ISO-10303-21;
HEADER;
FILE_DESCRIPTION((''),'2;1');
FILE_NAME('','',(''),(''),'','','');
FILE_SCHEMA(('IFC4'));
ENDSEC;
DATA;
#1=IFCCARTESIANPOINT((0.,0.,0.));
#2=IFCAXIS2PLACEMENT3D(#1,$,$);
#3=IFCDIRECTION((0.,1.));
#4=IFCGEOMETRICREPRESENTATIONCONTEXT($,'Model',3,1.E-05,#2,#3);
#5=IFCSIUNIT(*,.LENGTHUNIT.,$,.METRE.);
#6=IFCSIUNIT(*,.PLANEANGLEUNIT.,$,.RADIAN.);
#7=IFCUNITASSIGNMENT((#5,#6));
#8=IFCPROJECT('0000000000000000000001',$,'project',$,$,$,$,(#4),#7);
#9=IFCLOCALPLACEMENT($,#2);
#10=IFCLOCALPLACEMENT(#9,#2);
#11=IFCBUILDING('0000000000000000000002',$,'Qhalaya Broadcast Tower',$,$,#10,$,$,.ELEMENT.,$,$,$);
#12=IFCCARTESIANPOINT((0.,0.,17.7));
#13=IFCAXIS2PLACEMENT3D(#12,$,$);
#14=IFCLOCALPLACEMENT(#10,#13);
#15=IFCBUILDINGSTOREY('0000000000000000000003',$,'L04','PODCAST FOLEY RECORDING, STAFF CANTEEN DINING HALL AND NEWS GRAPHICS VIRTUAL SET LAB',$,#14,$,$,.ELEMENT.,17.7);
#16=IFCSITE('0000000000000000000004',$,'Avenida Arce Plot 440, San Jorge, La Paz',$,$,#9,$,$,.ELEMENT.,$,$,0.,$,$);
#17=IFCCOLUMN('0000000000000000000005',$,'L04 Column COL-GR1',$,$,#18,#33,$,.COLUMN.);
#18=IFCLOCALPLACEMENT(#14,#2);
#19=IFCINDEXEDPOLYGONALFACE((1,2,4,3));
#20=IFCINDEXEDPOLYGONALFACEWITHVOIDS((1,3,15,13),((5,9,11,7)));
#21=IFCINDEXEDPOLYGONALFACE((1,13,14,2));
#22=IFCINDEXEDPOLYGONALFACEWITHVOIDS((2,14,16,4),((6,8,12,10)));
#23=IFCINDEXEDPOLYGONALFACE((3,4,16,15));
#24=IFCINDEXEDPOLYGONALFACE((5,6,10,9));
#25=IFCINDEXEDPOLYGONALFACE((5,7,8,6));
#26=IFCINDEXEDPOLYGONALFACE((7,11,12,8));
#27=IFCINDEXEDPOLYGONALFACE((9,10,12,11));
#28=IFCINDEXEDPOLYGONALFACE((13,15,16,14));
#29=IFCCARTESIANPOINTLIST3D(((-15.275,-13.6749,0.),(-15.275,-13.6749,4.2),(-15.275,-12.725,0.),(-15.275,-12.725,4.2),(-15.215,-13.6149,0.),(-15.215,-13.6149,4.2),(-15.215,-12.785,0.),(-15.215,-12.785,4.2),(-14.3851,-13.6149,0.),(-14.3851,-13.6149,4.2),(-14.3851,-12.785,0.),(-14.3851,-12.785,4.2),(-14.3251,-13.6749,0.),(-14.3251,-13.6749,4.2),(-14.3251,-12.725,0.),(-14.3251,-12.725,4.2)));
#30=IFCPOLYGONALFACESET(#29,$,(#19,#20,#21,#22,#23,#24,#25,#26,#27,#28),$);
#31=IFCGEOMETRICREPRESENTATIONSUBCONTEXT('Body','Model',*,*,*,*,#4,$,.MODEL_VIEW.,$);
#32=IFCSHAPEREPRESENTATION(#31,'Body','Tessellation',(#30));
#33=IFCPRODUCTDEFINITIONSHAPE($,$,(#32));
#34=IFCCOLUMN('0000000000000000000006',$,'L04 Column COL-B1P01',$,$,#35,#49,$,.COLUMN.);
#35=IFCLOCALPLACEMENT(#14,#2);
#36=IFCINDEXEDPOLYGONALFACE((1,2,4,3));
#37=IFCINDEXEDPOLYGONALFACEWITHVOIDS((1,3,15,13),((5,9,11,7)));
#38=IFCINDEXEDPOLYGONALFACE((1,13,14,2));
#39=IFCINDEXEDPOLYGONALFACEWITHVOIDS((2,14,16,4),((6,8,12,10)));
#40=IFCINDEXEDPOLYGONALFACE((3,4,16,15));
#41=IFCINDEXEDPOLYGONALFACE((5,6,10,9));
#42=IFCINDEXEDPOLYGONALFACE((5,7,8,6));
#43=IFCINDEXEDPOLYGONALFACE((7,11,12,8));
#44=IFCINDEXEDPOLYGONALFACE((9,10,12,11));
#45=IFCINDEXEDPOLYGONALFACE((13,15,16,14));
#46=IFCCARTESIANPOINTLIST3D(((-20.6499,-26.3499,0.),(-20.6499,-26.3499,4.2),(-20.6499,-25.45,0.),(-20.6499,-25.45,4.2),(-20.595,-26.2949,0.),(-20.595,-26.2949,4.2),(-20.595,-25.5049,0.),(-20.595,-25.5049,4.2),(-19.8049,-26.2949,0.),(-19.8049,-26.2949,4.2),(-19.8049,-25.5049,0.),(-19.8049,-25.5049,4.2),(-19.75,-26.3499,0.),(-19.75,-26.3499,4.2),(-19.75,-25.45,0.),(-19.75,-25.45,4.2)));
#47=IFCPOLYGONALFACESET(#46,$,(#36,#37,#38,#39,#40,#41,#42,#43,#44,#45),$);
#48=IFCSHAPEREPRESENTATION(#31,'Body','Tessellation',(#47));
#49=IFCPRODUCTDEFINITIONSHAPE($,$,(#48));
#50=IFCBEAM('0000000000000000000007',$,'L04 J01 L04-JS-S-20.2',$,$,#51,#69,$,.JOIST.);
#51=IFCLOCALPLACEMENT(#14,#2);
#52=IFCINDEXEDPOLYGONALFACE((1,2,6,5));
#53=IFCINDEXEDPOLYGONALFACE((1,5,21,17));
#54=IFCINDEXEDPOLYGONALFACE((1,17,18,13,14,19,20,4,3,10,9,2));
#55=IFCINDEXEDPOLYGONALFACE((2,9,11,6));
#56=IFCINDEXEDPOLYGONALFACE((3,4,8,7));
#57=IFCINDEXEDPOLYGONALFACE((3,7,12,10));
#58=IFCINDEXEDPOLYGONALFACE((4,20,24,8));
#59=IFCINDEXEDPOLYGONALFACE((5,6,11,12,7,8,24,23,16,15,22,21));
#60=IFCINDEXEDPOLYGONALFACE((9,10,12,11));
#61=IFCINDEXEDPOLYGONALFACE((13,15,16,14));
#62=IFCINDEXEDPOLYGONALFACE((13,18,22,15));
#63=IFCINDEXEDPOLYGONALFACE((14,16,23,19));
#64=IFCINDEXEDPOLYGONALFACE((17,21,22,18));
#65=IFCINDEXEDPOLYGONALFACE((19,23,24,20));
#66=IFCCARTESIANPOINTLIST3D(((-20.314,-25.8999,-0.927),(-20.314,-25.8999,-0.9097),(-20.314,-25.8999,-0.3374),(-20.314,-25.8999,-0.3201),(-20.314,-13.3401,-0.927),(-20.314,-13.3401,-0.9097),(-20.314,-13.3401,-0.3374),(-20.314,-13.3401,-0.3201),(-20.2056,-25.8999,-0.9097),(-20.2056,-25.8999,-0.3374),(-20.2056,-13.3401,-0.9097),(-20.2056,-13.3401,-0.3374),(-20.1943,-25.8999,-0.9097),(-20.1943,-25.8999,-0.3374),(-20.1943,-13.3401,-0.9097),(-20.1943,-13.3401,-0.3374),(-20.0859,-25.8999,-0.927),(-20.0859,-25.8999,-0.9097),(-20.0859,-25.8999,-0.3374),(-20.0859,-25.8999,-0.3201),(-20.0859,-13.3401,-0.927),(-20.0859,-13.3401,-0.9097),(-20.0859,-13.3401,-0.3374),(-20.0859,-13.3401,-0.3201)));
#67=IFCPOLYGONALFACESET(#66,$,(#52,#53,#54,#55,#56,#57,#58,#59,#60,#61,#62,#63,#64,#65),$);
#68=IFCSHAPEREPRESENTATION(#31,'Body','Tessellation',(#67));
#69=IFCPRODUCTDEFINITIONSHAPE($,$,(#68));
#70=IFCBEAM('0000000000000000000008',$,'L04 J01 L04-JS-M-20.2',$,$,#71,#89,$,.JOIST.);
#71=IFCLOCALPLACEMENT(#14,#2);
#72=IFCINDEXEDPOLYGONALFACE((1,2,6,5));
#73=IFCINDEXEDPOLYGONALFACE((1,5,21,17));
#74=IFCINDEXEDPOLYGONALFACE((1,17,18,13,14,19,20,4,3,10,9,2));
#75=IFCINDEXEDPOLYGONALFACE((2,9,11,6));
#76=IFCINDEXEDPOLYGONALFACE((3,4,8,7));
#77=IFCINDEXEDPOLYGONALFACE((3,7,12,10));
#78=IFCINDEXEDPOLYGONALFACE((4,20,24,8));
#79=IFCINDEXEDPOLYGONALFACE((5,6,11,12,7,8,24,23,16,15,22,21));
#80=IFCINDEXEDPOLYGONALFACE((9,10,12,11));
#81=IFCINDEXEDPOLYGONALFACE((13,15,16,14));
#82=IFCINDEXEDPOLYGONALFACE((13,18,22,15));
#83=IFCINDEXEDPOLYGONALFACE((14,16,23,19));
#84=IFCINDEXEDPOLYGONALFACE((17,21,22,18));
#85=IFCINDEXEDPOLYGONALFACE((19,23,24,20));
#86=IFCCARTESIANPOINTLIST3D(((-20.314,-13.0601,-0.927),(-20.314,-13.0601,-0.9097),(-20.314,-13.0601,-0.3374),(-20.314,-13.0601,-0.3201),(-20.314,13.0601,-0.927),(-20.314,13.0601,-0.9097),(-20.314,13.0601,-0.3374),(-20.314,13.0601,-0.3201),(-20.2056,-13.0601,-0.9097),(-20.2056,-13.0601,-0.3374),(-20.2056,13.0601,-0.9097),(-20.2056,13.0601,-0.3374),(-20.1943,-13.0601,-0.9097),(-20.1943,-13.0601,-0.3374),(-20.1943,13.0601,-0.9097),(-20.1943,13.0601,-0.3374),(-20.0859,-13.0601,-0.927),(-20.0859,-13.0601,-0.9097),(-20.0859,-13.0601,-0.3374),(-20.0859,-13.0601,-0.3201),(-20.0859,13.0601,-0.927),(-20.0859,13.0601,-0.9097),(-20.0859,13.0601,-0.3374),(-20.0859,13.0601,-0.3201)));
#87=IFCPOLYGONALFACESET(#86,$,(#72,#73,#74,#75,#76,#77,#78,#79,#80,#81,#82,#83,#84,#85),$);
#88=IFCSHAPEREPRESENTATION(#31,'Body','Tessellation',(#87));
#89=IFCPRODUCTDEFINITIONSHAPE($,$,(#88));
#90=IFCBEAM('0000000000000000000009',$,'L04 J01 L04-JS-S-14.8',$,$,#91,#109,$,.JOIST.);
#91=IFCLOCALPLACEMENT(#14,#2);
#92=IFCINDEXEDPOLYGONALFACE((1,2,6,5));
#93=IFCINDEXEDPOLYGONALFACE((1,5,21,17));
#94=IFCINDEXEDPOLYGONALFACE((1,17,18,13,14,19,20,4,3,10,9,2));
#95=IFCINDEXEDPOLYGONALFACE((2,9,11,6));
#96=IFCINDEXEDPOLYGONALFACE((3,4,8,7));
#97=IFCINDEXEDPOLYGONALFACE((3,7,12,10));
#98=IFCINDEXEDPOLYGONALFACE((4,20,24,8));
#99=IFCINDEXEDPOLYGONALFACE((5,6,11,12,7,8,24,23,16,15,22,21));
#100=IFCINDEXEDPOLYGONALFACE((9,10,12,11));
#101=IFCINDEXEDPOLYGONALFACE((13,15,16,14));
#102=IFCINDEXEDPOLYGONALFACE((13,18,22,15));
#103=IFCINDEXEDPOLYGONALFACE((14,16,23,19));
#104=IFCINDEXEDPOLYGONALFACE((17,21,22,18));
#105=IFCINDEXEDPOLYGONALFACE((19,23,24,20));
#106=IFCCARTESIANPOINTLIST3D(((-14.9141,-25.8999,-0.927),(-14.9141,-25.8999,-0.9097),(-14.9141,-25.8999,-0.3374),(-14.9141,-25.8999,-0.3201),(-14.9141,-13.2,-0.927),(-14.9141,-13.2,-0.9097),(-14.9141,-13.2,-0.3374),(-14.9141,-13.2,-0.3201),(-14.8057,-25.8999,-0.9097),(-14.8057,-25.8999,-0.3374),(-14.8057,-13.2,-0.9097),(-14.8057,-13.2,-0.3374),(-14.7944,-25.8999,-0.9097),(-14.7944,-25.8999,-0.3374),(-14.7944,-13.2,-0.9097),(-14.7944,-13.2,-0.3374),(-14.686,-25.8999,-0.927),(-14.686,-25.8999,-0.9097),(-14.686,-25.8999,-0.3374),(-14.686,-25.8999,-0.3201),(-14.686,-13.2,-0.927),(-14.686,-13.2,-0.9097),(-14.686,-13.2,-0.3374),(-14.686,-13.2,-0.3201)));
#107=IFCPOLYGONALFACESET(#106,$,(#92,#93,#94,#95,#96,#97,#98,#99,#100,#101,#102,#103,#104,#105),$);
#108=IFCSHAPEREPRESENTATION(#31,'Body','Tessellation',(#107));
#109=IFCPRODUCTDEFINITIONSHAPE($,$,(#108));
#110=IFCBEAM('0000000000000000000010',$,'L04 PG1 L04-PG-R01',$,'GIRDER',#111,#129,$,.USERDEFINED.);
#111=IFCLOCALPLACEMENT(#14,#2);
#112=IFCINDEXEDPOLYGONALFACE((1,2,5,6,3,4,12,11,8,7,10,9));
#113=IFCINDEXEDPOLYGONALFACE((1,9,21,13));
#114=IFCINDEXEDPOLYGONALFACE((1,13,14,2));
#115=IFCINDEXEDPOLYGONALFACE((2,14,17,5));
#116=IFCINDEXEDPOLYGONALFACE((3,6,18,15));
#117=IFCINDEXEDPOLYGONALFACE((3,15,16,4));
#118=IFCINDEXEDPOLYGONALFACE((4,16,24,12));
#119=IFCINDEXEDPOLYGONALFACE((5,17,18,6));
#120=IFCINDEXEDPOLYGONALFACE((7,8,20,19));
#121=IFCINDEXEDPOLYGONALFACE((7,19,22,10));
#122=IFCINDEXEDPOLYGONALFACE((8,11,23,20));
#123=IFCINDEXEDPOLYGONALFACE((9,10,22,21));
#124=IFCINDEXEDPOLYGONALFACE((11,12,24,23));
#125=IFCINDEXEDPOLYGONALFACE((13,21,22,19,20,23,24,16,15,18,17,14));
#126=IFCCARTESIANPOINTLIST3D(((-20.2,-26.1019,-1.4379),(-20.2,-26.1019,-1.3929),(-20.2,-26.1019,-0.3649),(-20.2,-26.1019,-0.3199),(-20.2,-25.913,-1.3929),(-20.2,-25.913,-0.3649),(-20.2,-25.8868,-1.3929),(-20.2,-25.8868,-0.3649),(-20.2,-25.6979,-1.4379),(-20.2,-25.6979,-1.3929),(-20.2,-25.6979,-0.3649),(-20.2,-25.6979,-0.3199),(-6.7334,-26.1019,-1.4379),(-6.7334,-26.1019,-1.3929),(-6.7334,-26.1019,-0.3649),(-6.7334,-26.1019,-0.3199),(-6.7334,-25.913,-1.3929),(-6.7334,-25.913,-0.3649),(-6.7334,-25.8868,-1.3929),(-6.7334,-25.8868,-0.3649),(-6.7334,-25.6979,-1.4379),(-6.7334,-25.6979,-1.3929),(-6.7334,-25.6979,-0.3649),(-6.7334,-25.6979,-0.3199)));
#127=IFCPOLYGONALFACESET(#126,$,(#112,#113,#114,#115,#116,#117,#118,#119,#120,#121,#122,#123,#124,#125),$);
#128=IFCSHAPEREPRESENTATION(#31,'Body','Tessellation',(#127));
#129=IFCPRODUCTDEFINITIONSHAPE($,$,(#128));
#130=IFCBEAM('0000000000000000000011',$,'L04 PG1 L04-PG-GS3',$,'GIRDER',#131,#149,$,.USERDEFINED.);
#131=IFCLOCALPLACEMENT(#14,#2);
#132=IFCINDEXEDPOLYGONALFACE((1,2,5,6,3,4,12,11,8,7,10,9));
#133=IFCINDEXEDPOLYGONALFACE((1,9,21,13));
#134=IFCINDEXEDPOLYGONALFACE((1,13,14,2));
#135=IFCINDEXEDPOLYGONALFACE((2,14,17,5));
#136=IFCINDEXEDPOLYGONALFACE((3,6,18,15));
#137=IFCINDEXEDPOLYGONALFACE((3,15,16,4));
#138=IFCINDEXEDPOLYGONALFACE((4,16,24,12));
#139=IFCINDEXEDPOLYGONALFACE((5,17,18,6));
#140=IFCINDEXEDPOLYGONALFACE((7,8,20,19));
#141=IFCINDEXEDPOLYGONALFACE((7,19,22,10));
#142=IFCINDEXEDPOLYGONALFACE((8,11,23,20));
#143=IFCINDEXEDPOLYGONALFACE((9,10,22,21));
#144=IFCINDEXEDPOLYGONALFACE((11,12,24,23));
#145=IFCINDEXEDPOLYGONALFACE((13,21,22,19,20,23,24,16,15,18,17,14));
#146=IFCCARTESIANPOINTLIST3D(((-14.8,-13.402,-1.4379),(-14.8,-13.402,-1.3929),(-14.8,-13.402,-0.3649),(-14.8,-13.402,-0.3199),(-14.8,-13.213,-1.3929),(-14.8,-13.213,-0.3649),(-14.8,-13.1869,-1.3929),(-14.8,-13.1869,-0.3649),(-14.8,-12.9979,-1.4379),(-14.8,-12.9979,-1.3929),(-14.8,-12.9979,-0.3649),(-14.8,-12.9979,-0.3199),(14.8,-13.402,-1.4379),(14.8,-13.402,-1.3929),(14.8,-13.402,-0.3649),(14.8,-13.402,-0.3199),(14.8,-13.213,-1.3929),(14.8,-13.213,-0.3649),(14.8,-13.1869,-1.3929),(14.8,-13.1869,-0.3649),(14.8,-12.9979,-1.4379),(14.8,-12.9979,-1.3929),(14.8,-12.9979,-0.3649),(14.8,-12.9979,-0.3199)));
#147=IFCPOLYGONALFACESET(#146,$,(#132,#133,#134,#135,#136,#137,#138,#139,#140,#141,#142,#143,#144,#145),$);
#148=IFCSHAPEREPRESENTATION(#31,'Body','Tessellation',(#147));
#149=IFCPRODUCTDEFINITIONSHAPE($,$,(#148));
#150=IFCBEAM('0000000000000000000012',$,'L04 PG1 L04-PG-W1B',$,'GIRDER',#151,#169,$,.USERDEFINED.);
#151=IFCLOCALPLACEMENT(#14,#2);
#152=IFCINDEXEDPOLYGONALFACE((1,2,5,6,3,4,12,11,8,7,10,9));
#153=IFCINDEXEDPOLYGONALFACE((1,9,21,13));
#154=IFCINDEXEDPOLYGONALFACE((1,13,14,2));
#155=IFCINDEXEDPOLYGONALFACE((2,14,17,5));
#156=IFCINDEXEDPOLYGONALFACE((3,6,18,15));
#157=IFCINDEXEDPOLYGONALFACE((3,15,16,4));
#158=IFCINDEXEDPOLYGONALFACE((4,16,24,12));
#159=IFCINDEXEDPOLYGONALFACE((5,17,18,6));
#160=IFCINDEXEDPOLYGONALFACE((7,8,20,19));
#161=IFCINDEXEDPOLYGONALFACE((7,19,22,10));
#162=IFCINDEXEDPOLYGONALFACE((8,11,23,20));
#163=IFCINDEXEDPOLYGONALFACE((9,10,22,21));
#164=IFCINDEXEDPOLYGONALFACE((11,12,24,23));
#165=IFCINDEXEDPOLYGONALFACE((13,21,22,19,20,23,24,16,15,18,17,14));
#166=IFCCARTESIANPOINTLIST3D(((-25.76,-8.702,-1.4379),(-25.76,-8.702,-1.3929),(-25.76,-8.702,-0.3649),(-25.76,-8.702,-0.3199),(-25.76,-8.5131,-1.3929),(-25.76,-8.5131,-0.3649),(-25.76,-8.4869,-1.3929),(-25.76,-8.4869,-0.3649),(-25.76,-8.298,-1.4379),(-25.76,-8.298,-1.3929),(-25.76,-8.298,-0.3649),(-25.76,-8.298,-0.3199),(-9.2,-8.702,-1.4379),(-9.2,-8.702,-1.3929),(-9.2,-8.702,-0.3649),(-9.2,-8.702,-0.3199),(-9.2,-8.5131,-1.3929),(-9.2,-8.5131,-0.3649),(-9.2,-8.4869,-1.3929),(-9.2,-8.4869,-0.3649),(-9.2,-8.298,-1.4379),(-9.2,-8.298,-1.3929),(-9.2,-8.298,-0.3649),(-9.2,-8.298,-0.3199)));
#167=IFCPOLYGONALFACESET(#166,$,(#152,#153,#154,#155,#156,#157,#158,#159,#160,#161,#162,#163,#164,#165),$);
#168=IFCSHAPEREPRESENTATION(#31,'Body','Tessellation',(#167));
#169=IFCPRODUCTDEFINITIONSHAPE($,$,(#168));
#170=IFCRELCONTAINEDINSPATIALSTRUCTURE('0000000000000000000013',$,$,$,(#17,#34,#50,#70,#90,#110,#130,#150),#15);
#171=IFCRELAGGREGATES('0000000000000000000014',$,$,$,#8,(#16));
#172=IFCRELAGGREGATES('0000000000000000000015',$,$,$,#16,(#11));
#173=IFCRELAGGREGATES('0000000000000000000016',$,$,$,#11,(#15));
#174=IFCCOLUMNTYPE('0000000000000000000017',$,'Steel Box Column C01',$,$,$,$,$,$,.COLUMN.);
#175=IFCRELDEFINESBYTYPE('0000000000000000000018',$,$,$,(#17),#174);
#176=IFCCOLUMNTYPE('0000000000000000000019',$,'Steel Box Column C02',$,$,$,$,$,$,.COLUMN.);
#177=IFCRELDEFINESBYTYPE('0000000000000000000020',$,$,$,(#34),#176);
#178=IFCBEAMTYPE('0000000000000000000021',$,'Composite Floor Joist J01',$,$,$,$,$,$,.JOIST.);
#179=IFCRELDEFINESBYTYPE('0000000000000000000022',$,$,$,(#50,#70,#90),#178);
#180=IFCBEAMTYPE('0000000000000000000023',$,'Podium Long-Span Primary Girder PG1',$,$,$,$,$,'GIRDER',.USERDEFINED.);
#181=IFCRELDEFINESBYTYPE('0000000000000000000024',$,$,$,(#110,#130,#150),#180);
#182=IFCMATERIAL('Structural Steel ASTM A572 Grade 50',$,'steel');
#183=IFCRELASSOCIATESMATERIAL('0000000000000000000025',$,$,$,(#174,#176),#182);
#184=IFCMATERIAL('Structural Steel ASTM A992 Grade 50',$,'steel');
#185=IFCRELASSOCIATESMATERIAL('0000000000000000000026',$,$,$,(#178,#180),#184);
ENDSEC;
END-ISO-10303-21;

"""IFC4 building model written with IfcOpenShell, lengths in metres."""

from ifc_helpers import new_model, si_unit, direction, frame, origin, origin_2d, place, context, subcontext, project, spatial, hollow_rectangle, i_section, extrude, material, material_profile, profile_set, type_object, element, save


model = new_model("IFC4")

# Units and contexts
model_context = context("Model", 3, precision=1e-05, world=origin(), true_north=direction((0.0, 1.0)))
body_context = subcontext(model_context, "Body", "Model", "MODEL_VIEW")
ifc_project = project(units=[si_unit("LENGTHUNIT", "METRE"), si_unit("PLANEANGLEUNIT", "RADIAN")], contexts=[model_context])

# Site, building, storey
site_placement = place(None, origin())
site = spatial("IfcSite", under=ifc_project, at=site_placement, Name="Avenida Arce Plot 440, San Jorge, La Paz", CompositionType="ELEMENT", RefElevation=0.0)
building_placement = place(site_placement, origin())
building = spatial("IfcBuilding", under=site, at=building_placement, Name="Qhalaya Broadcast Tower", CompositionType="ELEMENT")
storey_placement = place(building_placement, frame((0.0, 0.0, 17.7)))
storey = spatial("IfcBuildingStorey", under=building, at=storey_placement, Name="L04", Description="PODCAST FOLEY RECORDING, STAFF CANTEEN DINING HALL AND NEWS GRAPHICS VIRTUAL SET LAB", CompositionType="ELEMENT", Elevation=17.7)

# Columns
ifc_material_1 = material(Name="Structural Steel ASTM A572 Grade 50", Category="steel")
ifc_material_profile_1 = material_profile(ifc_material_1, hollow_rectangle(XDim=0.95, YDim=0.95, WallThickness=0.0601, at=origin_2d()), Name="BOX 950x950x60")
ifc_profile_set_1 = profile_set([ifc_material_profile_1], Name="Structural Steel ASTM A572 Grade 50")
column_type_1 = type_object("IfcColumnType", Name="Steel Box Column C01", PredefinedType="COLUMN", material=ifc_profile_set_1)
column_1_placement = place(storey_placement, frame((-14.8, -13.2, 0.0), z_axis=(0.0, 0.0, 1.0), x_axis=(1.0, 0.0, 0.0)))
element("IfcColumn", 1, at=column_1_placement, inside=storey, type_object=column_type_1, Name="L04 Column COL-GR1", PredefinedType="COLUMN", context=body_context, shape_type="SweptSolid", body=[
    extrude(hollow_rectangle(XDim=0.95, YDim=0.95, WallThickness=0.0601, at=origin_2d()), origin(), (0.0, 0.0, 1.0), 4.2),
])
ifc_material_profile_2 = material_profile(ifc_material_1, hollow_rectangle(XDim=0.8999, YDim=0.8999, WallThickness=0.0549, at=origin_2d()), Name="BOX 900x900x55")
ifc_profile_set_2 = profile_set([ifc_material_profile_2], Name="Structural Steel ASTM A572 Grade 50")
column_type_2 = type_object("IfcColumnType", Name="Steel Box Column C02", PredefinedType="COLUMN", material=ifc_profile_set_2)
column_2_placement = place(storey_placement, frame((-20.2, -25.8999, 0.0), z_axis=(0.0, 0.0, 1.0), x_axis=(1.0, 0.0, 0.0)))
element("IfcColumn", 2, at=column_2_placement, inside=storey, type_object=column_type_2, Name="L04 Column COL-B1P01", PredefinedType="COLUMN", context=body_context, shape_type="SweptSolid", body=[
    extrude(hollow_rectangle(XDim=0.8999, YDim=0.8999, WallThickness=0.0549, at=origin_2d()), origin(), (0.0, 0.0, 1.0), 4.2),
])

# Beams
ifc_material_2 = material(Name="Structural Steel ASTM A992 Grade 50", Category="steel")
ifc_material_profile_3 = material_profile(ifc_material_2, i_section(OverallWidth=0.228, OverallDepth=0.6069, WebThickness=0.0112, FlangeThickness=0.0173, at=origin_2d()), Name="W24X76")
ifc_profile_set_3 = profile_set([ifc_material_profile_3], Name="Structural Steel ASTM A992 Grade 50")
beam_type_1 = type_object("IfcBeamType", Name="Composite Floor Joist J01", PredefinedType="JOIST", material=ifc_profile_set_3)
beam_1_placement = place(storey_placement, frame((-20.2, -25.8999, -0.6235), z_axis=(0.0, 1.0, 0.0), x_axis=(-1.0, 0.0, 0.0)))
element("IfcBeam", 3, at=beam_1_placement, inside=storey, type_object=beam_type_1, Name="L04 J01 L04-JS-S-20.2", PredefinedType="JOIST", context=body_context, shape_type="SweptSolid", body=[
    extrude(i_section(OverallWidth=0.228, OverallDepth=0.6069, WebThickness=0.0112, FlangeThickness=0.0173, at=origin_2d()), origin(), (0.0, 0.0, 1.0), 12.5598),
])
beam_2_placement = place(storey_placement, frame((-20.2, -13.0601, -0.6235), z_axis=(0.0, 1.0, 0.0), x_axis=(-1.0, 0.0, 0.0)))
element("IfcBeam", 4, at=beam_2_placement, inside=storey, type_object=beam_type_1, Name="L04 J01 L04-JS-M-20.2", PredefinedType="JOIST", context=body_context, shape_type="SweptSolid", body=[
    extrude(i_section(OverallWidth=0.228, OverallDepth=0.6069, WebThickness=0.0112, FlangeThickness=0.0173, at=origin_2d()), origin(), (0.0, 0.0, 1.0), 26.1201),
])
beam_3_placement = place(storey_placement, frame((-14.8, -25.8999, -0.6235), z_axis=(0.0, 1.0, 0.0), x_axis=(-1.0, 0.0, 0.0)))
element("IfcBeam", 5, at=beam_3_placement, inside=storey, type_object=beam_type_1, Name="L04 J01 L04-JS-S-14.8", PredefinedType="JOIST", context=body_context, shape_type="SweptSolid", body=[
    extrude(i_section(OverallWidth=0.228, OverallDepth=0.6069, WebThickness=0.0112, FlangeThickness=0.0173, at=origin_2d()), origin(), (0.0, 0.0, 1.0), 12.7),
])
ifc_material_profile_4 = material_profile(ifc_material_2, i_section(OverallWidth=0.4041, OverallDepth=1.1179, WebThickness=0.0261, FlangeThickness=0.0449, at=origin_2d()), Name="W44X335")
ifc_profile_set_4 = profile_set([ifc_material_profile_4], Name="Structural Steel ASTM A992 Grade 50")
beam_type_2 = type_object("IfcBeamType", Name="Podium Long-Span Primary Girder PG1", ElementType="GIRDER", PredefinedType="USERDEFINED", material=ifc_profile_set_4)
beam_4_placement = place(storey_placement, frame((-20.2, -25.8999, -0.8789), z_axis=(1.0, 0.0, 0.0), x_axis=(0.0, 1.0, 0.0)))
element("IfcBeam", 6, at=beam_4_placement, inside=storey, type_object=beam_type_2, Name="L04 PG1 L04-PG-R01", ObjectType="GIRDER", PredefinedType="USERDEFINED", context=body_context, shape_type="SweptSolid", body=[
    extrude(i_section(OverallWidth=0.4041, OverallDepth=1.1179, WebThickness=0.0261, FlangeThickness=0.0449, at=origin_2d()), origin(), (0.0, 0.0, 1.0), 13.4666),
])
beam_5_placement = place(storey_placement, frame((-14.8, -13.2, -0.8789), z_axis=(1.0, 0.0, 0.0), x_axis=(0.0, 1.0, 0.0)))
element("IfcBeam", 7, at=beam_5_placement, inside=storey, type_object=beam_type_2, Name="L04 PG1 L04-PG-GS3", ObjectType="GIRDER", PredefinedType="USERDEFINED", context=body_context, shape_type="SweptSolid", body=[
    extrude(i_section(OverallWidth=0.4041, OverallDepth=1.1179, WebThickness=0.0261, FlangeThickness=0.0449, at=origin_2d()), origin(), (0.0, 0.0, 1.0), 29.6001),
])
beam_6_placement = place(storey_placement, frame((-25.76, -8.5, -0.8789), z_axis=(1.0, 0.0, 0.0), x_axis=(0.0, 1.0, 0.0)))
element("IfcBeam", 8, at=beam_6_placement, inside=storey, type_object=beam_type_2, Name="L04 PG1 L04-PG-W1B", ObjectType="GIRDER", PredefinedType="USERDEFINED", context=body_context, shape_type="SweptSolid", body=[
    extrude(i_section(OverallWidth=0.4041, OverallDepth=1.1179, WebThickness=0.0261, FlangeThickness=0.0449, at=origin_2d()), origin(), (0.0, 0.0, 1.0), 16.5601),
])

save(model, "model.ifc")
